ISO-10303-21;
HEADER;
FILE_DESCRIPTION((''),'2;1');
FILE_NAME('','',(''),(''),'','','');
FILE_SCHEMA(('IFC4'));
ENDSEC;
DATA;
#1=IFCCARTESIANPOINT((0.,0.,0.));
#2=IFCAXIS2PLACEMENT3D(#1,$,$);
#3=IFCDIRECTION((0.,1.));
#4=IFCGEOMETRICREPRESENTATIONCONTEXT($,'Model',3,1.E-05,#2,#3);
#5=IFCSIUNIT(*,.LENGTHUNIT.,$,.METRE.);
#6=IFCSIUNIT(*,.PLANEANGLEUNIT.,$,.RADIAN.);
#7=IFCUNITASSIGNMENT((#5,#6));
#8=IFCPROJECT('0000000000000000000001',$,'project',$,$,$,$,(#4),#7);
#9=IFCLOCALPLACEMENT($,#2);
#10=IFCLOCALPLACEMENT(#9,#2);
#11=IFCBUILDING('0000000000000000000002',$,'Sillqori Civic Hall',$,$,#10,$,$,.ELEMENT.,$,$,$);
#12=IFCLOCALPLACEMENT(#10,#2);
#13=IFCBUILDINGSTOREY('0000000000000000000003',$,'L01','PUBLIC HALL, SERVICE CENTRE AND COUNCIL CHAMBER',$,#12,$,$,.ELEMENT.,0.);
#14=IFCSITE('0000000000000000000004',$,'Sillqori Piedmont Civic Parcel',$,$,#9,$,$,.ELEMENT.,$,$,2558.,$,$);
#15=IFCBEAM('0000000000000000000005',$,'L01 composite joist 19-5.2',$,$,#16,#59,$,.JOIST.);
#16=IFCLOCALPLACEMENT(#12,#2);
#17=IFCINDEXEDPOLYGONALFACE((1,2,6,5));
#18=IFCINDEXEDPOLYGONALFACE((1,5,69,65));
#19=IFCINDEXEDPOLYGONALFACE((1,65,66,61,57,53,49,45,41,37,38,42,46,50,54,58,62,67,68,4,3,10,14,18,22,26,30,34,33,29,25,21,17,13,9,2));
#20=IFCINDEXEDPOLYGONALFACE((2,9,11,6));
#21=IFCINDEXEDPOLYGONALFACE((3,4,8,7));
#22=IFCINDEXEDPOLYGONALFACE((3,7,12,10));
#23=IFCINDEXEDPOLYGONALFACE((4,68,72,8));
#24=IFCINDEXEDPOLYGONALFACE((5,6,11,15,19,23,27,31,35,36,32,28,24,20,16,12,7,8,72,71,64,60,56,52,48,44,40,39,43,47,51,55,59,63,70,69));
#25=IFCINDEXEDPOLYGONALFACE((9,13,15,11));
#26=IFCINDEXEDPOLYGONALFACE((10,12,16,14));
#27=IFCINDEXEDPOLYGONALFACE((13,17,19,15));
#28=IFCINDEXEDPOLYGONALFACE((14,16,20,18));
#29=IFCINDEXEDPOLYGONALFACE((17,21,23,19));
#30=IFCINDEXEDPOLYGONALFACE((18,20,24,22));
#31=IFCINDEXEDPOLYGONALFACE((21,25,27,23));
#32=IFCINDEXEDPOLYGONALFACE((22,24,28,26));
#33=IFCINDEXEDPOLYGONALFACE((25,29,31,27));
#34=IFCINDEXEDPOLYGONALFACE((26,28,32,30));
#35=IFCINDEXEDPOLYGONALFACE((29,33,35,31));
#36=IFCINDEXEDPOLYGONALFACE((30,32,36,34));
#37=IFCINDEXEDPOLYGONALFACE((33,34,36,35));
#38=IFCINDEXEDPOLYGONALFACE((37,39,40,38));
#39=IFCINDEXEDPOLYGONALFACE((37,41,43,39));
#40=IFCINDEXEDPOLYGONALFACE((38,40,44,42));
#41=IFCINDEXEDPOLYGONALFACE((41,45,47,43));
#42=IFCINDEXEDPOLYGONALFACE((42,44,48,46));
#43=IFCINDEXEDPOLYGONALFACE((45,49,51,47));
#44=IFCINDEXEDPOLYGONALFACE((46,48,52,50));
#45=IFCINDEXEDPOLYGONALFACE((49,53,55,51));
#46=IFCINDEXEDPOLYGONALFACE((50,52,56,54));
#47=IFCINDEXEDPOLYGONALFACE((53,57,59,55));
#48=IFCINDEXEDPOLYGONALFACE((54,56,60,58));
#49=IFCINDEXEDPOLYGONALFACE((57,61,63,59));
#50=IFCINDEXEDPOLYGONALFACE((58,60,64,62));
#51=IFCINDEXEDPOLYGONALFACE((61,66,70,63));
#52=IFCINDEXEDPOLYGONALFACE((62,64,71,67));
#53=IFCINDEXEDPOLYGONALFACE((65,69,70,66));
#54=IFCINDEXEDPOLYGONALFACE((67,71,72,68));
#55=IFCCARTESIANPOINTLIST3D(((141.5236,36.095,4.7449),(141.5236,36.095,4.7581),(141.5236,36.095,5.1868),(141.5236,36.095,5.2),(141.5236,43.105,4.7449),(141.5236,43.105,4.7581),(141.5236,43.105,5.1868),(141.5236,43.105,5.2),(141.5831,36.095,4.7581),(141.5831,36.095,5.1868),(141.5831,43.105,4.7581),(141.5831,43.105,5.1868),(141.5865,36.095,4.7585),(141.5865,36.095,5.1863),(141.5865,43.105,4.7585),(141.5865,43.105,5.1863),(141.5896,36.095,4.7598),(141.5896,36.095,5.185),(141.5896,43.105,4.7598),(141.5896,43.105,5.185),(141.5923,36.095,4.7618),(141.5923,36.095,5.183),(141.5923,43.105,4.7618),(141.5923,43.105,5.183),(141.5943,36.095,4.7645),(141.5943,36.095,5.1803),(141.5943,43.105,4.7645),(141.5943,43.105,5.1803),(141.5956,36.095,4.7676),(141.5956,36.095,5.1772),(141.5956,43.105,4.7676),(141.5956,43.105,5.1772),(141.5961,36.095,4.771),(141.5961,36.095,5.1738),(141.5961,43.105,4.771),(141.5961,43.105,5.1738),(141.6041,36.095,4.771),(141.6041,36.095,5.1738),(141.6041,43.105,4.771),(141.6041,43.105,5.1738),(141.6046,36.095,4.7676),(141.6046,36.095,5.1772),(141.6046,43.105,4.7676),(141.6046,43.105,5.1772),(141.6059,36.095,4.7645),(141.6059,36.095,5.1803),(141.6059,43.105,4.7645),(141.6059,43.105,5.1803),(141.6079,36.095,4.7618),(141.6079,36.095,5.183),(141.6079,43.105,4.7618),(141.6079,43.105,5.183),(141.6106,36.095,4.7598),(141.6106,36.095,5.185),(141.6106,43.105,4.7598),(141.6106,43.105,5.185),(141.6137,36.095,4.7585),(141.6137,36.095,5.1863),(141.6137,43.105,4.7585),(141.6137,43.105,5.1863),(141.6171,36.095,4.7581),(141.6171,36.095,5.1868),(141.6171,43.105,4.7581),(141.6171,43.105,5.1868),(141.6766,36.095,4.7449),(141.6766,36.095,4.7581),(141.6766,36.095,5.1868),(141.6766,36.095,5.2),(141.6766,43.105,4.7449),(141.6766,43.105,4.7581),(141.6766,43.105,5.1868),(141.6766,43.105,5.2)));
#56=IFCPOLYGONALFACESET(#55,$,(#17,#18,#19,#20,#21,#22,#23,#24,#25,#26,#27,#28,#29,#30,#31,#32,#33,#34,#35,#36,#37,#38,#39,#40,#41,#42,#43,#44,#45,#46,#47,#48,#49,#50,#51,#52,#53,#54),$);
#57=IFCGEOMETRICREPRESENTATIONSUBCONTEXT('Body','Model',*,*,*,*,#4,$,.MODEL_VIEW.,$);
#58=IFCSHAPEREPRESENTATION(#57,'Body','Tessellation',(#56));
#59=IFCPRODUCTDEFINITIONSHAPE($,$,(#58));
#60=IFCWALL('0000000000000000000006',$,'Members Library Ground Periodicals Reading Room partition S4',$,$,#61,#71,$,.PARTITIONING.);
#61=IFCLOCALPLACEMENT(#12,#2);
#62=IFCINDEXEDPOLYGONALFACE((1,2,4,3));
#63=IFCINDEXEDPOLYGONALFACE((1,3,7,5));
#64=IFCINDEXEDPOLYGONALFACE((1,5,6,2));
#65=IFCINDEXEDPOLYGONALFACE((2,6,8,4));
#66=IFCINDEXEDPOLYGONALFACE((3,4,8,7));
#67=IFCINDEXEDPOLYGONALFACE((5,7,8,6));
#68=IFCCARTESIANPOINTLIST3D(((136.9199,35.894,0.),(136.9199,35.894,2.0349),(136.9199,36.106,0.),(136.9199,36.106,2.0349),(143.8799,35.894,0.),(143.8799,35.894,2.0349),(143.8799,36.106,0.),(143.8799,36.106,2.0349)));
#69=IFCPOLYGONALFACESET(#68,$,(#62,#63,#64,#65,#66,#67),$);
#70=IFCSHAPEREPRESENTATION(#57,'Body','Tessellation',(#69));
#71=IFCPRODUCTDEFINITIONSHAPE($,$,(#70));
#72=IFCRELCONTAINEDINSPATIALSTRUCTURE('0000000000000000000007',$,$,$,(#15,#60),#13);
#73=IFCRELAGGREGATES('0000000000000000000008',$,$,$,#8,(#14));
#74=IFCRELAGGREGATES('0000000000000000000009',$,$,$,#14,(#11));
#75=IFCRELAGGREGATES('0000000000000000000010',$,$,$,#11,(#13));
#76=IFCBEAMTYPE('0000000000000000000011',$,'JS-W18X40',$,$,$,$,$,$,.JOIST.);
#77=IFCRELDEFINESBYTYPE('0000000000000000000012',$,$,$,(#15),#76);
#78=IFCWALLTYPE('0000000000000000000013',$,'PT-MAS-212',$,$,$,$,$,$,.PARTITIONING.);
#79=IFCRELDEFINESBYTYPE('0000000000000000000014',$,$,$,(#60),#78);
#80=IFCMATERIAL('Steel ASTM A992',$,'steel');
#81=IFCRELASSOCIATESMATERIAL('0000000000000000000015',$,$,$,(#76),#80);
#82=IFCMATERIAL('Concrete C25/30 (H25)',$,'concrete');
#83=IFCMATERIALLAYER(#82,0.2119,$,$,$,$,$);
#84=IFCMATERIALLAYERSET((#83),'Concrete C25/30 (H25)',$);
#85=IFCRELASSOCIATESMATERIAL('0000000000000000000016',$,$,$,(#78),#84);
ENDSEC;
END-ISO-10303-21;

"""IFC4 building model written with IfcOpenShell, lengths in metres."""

from ifc_helpers import new_model, si_unit, direction, frame, frame_2d, origin, origin_2d, place, context, subcontext, project, spatial, rectangle, i_section, extrude, material, layer, layer_set, material_profile, profile_set, type_object, element, save


model = new_model("IFC4")

# Units and contexts
model_context = context("Model", 3, precision=1e-05, world=origin(), true_north=direction((0.0, 1.0)))
body_context = subcontext(model_context, "Body", "Model", "MODEL_VIEW")
ifc_project = project(units=[si_unit("LENGTHUNIT", "METRE"), si_unit("PLANEANGLEUNIT", "RADIAN")], contexts=[model_context])

# Site, building, storey
site_placement = place(None, origin())
site = spatial("IfcSite", under=ifc_project, at=site_placement, Name="Sillqori Piedmont Civic Parcel", CompositionType="ELEMENT", RefElevation=2558.0)
building_placement = place(site_placement, origin())
building = spatial("IfcBuilding", under=site, at=building_placement, Name="Sillqori Civic Hall", CompositionType="ELEMENT")
storey_placement = place(building_placement, origin())
storey = spatial("IfcBuildingStorey", under=building, at=storey_placement, Name="L01", Description="PUBLIC HALL, SERVICE CENTRE AND COUNCIL CHAMBER", CompositionType="ELEMENT", Elevation=0.0)

# Shared definitions
ifc_material_1 = material(Name="Steel ASTM A992", Category="steel")

# Beam
ifc_material_profile_1 = material_profile(ifc_material_1, i_section(OverallWidth=0.1531, OverallDepth=0.4551, WebThickness=0.0081, FlangeThickness=0.0132, FilletRadius=0.0129, at=origin_2d()), Name="W18X40")
ifc_profile_set_1 = profile_set([ifc_material_profile_1], Name="Steel ASTM A992")
beam_type_1 = type_object("IfcBeamType", Name="JS-W18X40", PredefinedType="JOIST", material=ifc_profile_set_1)
for number, where, z_axis, x_axis, name in (
    (1, (141.6001, 36.095, 4.9724), (0.0, 1.0, 0.0), (-1.0, 0.0, 0.0), "L01 composite joist 19-5.2"),
):
    element("IfcBeam", number, at=place(storey_placement, frame(where, z_axis=z_axis, x_axis=x_axis)), inside=storey, type_object=beam_type_1, Name=name, PredefinedType="JOIST", context=body_context, shape_type="SweptSolid", body=[
        extrude(i_section(OverallWidth=0.1531, OverallDepth=0.4551, WebThickness=0.0081, FlangeThickness=0.0132, FilletRadius=0.0129, at=origin_2d()), origin(), (0.0, 0.0, 1.0), 7.01),
    ])

# Wall
ifc_material_2 = material(Name="Concrete C25/30 (H25)", Category="concrete")
ifc_layer_1 = layer(ifc_material_2, 0.2119)
ifc_layer_set_1 = layer_set([ifc_layer_1], Name="Concrete C25/30 (H25)")
wall_type = type_object("IfcWallType", Name="PT-MAS-212", PredefinedType="PARTITIONING", material=ifc_layer_set_1)
wall_placement = place(storey_placement, frame((143.8799, 36.0, 0.0), z_axis=(0.0, 0.0, 1.0), x_axis=(-1.0, 0.0, 0.0)))
element("IfcWall", 2, at=wall_placement, inside=storey, type_object=wall_type, Name="Members Library Ground Periodicals Reading Room partition S4", PredefinedType="PARTITIONING", context=body_context, shape_type="SweptSolid", body=[
    extrude(rectangle(XDim=6.96, YDim=0.2119, at=frame_2d((3.48, 0.0))), origin(), (0.0, 0.0, 1.0), 2.0349),
])

save(model, "model.ifc")
